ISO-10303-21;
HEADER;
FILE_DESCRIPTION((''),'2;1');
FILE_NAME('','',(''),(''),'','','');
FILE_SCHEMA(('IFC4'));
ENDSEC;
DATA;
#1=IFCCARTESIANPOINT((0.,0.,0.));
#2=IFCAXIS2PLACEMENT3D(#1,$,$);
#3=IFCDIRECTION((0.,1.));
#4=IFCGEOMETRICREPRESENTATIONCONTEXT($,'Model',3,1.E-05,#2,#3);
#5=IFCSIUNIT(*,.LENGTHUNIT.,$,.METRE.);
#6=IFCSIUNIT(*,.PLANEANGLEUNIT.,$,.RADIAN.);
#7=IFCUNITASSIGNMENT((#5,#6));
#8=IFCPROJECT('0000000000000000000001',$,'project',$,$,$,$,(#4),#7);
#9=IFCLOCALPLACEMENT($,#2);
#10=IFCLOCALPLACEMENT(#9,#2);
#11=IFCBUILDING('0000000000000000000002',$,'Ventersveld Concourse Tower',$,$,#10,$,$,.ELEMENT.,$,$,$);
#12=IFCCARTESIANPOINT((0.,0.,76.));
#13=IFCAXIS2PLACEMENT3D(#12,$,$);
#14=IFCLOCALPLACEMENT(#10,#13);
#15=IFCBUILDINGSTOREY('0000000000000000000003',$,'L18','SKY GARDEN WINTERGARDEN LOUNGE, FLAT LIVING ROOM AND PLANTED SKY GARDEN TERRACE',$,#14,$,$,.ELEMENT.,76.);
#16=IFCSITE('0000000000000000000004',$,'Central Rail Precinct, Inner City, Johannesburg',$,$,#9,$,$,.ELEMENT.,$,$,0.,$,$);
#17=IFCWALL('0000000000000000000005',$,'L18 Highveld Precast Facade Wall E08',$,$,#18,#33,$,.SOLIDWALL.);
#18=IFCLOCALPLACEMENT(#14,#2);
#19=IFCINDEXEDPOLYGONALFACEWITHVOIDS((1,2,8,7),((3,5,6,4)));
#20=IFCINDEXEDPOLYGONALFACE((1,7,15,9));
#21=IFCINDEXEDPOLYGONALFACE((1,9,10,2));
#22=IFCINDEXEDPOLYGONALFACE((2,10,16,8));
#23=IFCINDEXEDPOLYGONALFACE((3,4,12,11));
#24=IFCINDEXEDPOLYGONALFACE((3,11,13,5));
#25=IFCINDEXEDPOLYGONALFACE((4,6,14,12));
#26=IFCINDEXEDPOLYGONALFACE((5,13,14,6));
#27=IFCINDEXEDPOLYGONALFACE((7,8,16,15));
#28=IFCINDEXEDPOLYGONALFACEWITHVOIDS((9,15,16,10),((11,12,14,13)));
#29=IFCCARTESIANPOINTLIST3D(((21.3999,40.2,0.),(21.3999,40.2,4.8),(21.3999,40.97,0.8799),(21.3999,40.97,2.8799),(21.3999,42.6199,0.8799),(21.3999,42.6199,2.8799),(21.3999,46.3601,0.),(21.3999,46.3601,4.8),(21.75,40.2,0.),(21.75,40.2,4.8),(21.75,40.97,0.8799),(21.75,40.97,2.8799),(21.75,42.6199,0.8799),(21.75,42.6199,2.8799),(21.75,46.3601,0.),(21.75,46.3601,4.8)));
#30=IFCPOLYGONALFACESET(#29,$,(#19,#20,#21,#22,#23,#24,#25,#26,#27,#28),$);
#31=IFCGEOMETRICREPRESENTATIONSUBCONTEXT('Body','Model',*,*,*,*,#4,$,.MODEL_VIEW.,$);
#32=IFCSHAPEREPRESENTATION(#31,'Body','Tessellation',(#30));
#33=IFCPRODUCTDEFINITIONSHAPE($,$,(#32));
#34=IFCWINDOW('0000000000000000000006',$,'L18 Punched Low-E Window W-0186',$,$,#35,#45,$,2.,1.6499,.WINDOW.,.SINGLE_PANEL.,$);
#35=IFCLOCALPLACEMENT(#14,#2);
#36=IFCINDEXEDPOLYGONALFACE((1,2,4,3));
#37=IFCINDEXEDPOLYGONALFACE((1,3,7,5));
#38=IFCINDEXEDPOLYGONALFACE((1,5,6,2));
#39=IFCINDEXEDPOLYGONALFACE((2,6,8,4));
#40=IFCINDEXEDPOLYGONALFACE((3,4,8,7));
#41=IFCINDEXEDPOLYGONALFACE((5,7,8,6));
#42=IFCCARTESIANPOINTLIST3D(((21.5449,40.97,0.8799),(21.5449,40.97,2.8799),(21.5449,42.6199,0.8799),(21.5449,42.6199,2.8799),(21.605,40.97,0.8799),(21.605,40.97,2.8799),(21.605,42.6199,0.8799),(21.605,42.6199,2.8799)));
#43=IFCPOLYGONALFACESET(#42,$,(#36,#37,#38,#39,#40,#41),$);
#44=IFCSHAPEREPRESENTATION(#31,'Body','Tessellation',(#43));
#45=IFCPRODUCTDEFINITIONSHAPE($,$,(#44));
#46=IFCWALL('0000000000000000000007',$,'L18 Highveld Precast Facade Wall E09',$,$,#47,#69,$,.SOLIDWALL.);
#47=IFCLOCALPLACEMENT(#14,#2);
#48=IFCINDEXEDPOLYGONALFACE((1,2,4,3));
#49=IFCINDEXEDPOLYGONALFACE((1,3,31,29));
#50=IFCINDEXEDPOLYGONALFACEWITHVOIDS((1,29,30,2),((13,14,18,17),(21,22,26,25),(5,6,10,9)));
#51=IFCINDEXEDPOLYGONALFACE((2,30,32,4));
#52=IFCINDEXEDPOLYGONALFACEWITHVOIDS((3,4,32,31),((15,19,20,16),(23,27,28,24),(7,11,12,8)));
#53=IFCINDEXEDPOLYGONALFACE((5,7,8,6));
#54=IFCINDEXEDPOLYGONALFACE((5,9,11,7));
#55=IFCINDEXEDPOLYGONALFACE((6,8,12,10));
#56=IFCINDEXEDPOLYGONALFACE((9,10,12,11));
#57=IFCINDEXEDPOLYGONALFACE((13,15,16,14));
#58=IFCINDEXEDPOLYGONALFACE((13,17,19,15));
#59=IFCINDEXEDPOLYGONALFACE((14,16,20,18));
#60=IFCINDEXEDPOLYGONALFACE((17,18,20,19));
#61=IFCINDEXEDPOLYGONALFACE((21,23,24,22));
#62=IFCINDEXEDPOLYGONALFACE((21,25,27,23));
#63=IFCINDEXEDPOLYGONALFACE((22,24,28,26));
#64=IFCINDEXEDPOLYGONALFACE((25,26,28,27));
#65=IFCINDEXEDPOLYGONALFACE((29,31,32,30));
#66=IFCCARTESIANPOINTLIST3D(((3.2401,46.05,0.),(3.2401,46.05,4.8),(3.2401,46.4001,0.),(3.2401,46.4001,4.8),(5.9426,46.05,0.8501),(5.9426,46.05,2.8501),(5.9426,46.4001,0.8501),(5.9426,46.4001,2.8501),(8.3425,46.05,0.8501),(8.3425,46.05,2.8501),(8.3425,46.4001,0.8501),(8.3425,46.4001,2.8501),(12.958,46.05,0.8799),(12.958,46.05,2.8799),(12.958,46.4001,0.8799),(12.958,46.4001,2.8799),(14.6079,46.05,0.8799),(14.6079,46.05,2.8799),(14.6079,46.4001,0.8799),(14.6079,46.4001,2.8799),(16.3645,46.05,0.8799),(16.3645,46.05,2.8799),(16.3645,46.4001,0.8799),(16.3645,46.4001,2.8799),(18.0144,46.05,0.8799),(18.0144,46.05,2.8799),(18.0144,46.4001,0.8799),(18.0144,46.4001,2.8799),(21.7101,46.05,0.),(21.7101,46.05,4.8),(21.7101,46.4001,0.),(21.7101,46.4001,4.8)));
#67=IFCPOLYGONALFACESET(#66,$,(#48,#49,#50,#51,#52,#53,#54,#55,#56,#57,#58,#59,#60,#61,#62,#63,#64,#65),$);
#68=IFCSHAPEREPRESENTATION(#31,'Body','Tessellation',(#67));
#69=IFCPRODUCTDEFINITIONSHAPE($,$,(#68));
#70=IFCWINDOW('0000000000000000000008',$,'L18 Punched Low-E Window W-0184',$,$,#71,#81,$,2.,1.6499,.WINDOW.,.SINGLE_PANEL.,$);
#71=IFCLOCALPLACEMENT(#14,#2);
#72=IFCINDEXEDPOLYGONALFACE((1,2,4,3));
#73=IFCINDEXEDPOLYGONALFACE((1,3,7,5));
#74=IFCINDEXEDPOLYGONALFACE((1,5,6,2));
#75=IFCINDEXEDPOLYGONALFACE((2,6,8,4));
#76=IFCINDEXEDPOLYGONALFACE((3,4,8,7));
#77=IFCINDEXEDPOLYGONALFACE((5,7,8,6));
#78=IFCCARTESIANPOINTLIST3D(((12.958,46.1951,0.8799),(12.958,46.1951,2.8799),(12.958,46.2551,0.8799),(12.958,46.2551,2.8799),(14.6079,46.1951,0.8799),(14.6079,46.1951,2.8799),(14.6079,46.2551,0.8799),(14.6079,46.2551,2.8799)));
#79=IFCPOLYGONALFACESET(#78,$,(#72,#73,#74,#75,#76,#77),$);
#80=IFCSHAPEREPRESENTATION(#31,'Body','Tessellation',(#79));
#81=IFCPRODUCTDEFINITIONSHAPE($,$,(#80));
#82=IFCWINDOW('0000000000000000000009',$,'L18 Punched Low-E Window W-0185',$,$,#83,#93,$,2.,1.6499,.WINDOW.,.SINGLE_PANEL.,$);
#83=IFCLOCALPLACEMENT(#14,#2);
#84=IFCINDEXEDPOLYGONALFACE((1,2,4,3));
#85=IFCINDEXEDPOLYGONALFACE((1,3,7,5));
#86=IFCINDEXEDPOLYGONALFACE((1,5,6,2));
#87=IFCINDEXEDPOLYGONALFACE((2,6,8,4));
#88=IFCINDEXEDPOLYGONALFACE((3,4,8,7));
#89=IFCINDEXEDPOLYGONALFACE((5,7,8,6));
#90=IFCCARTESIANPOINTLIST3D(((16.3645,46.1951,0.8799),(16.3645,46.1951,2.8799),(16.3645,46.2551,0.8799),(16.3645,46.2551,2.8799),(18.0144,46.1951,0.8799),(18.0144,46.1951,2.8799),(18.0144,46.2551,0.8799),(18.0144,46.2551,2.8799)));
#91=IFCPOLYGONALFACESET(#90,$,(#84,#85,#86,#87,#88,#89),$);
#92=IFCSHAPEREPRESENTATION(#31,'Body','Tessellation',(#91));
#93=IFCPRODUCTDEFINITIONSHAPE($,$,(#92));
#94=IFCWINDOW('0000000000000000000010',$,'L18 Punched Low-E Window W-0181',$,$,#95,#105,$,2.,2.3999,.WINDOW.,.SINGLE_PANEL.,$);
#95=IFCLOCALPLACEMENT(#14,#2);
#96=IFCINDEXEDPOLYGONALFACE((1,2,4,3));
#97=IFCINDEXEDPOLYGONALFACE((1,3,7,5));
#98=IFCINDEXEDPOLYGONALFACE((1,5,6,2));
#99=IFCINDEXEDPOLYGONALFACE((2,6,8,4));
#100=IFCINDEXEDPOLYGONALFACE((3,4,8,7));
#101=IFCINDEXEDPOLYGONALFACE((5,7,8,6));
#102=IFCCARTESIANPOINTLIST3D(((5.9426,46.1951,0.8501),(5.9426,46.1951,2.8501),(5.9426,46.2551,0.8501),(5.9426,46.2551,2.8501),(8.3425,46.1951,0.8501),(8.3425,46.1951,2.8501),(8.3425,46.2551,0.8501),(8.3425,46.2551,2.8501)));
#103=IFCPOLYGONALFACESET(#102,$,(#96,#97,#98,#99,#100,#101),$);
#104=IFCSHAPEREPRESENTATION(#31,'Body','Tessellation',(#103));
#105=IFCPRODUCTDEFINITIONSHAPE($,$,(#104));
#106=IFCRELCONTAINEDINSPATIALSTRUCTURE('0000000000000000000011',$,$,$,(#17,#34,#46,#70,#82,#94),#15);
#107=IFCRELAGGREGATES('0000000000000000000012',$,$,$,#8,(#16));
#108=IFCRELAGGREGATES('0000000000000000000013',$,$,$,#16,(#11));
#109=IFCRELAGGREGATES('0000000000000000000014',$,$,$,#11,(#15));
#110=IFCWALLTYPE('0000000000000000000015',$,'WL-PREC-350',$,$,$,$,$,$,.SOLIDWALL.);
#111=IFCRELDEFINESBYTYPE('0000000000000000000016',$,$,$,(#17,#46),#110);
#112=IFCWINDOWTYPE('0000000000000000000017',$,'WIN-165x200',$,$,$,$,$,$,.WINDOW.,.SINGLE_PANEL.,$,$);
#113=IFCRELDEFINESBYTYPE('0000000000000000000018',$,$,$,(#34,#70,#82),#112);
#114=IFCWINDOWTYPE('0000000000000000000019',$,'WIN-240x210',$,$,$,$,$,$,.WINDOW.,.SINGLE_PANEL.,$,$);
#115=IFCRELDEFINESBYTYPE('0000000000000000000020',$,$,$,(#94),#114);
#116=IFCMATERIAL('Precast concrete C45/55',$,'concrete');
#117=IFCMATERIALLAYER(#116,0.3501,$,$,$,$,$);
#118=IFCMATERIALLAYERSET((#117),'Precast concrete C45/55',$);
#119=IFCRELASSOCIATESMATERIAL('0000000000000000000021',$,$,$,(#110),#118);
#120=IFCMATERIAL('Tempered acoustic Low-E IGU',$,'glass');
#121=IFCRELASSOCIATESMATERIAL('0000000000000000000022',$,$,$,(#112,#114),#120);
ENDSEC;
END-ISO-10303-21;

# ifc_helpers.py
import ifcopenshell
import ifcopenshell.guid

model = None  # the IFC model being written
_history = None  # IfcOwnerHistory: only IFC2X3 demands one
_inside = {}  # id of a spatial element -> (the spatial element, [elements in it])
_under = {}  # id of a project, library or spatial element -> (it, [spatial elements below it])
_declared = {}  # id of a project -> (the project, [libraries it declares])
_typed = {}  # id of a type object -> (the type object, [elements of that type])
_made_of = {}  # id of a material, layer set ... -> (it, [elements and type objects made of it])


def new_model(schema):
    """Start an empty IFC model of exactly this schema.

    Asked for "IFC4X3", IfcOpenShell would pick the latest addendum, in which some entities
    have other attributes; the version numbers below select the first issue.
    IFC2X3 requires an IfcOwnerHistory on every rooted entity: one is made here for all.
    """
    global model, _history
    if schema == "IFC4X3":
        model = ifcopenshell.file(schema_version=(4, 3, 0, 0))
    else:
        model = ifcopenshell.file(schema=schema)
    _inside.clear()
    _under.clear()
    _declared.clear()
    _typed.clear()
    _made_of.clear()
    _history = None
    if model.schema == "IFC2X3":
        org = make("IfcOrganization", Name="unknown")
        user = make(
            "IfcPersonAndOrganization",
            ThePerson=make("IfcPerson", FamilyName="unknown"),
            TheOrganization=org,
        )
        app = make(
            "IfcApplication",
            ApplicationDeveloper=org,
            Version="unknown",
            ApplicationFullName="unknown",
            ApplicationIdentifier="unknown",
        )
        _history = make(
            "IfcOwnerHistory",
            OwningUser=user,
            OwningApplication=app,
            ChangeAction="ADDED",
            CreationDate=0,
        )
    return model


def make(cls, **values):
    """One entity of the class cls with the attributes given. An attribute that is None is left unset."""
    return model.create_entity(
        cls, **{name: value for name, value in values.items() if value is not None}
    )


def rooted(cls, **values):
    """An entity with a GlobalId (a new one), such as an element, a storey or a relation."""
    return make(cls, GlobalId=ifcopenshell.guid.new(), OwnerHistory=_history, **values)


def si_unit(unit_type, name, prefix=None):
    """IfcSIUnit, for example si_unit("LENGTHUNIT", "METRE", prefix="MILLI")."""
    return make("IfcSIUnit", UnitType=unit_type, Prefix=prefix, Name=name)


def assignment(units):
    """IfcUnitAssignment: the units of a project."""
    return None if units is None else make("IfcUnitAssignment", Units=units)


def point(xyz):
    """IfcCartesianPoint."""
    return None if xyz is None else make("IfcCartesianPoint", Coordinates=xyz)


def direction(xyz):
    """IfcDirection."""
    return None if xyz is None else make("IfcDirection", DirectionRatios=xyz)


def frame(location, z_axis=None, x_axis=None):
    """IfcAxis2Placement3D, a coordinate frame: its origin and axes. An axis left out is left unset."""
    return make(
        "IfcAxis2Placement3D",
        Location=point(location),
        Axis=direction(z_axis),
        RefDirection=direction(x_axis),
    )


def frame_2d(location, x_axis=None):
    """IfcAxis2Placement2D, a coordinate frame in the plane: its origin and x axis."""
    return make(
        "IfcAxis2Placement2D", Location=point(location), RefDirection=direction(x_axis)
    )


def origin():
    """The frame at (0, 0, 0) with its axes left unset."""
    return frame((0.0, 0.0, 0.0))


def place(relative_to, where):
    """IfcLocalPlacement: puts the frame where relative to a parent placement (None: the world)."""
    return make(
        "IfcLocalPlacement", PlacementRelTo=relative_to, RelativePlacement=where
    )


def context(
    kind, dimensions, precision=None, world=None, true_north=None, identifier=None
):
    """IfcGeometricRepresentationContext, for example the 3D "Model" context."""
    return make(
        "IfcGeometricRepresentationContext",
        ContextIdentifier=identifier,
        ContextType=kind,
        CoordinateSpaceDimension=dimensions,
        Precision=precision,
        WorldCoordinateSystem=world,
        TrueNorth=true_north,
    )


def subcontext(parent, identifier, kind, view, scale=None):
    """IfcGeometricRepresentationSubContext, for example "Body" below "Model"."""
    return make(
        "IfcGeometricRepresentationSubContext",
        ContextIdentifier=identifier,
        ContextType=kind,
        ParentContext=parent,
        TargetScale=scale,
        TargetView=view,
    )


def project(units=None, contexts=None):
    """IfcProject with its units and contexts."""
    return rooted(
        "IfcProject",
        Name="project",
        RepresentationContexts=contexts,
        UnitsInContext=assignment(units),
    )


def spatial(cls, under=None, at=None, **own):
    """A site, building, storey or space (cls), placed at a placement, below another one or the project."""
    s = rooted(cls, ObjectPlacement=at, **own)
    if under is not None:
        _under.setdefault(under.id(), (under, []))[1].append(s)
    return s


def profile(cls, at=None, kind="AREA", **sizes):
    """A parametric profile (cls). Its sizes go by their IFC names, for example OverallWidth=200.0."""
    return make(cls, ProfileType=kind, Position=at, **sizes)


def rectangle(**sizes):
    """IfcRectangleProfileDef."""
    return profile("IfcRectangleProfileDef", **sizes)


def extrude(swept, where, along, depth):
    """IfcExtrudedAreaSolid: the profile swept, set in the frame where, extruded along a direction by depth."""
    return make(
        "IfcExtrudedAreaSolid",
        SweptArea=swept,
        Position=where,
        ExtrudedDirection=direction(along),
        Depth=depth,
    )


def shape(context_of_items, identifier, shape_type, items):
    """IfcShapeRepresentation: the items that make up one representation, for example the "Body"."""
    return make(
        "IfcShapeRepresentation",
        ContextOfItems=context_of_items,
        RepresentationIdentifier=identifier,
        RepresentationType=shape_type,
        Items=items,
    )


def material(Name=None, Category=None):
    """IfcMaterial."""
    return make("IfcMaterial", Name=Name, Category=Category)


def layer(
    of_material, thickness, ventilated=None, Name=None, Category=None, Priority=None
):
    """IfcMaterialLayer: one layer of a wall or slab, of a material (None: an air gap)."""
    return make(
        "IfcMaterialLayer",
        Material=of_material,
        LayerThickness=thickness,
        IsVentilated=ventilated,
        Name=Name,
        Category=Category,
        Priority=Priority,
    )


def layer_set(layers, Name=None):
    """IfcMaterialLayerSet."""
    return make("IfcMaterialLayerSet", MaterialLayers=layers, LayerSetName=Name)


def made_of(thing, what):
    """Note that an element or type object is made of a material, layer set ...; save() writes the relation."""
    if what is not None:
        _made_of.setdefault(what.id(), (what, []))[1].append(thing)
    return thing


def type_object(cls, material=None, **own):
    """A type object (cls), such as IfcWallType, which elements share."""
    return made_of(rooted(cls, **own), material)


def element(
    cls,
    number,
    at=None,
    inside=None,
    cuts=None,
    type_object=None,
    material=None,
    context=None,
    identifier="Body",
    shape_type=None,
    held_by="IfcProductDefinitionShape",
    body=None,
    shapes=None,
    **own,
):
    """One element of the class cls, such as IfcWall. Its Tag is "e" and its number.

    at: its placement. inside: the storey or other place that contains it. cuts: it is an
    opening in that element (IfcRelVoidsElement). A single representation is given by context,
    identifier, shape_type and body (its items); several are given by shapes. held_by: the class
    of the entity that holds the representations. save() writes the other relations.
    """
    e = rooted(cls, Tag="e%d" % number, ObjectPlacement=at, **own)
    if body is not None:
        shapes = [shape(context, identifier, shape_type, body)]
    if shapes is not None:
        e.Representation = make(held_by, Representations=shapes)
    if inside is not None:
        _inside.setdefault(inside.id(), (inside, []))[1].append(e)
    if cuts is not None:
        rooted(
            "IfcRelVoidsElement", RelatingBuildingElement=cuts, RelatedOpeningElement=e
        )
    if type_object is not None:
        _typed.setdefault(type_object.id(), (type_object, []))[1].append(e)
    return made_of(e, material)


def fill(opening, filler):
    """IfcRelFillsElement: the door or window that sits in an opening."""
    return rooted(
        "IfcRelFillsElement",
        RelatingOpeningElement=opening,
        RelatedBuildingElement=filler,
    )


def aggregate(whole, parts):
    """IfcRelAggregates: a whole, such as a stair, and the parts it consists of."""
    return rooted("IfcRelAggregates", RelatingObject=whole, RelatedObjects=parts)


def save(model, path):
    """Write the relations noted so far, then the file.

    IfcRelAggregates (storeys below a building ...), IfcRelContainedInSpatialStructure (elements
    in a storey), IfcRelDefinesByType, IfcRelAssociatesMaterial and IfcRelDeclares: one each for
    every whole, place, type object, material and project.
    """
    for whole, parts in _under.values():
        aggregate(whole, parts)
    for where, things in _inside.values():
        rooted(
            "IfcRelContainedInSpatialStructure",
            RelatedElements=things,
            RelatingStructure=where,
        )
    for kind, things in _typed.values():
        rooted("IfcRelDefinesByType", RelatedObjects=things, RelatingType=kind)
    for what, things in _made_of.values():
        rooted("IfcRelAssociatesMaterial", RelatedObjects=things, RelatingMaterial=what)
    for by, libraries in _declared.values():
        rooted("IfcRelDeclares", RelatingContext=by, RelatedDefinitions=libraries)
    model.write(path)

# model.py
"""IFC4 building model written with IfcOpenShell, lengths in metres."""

from ifc_helpers import new_model, si_unit, direction, frame, frame_2d, origin, place, context, subcontext, project, spatial, rectangle, extrude, material, layer, layer_set, type_object, element, fill, save


model = new_model("IFC4")

# Units and contexts
model_context = context("Model", 3, precision=1e-05, world=origin(), true_north=direction((0.0, 1.0)))
body_context = subcontext(model_context, "Body", "Model", "MODEL_VIEW")
ifc_project = project(units=[si_unit("LENGTHUNIT", "METRE"), si_unit("PLANEANGLEUNIT", "RADIAN")], contexts=[model_context])

# Site, building, storey
site_placement = place(None, origin())
site = spatial("IfcSite", under=ifc_project, at=site_placement, Name="Central Rail Precinct, Inner City, Johannesburg", CompositionType="ELEMENT", RefElevation=0.0)
building_placement = place(site_placement, origin())
building = spatial("IfcBuilding", under=site, at=building_placement, Name="Ventersveld Concourse Tower", CompositionType="ELEMENT")
storey_placement = place(building_placement, frame((0.0, 0.0, 76.0)))
storey = spatial("IfcBuildingStorey", under=building, at=storey_placement, Name="L18", Description="SKY GARDEN WINTERGARDEN LOUNGE, FLAT LIVING ROOM AND PLANTED SKY GARDEN TERRACE", CompositionType="ELEMENT", Elevation=76.0)

# Shared definitions
ifc_material_1 = material(Name="Precast concrete C45/55", Category="concrete")

# Shared definitions
ifc_layer_1 = layer(ifc_material_1, 0.3501)
ifc_layer_set_1 = layer_set([ifc_layer_1], Name="Precast concrete C45/55")
wall_type_1 = type_object("IfcWallType", Name="WL-PREC-350", PredefinedType="SOLIDWALL", material=ifc_layer_set_1)

# Wall, opening, window
wall_1_placement = place(storey_placement, frame((21.575, 40.2, 0.0), z_axis=(0.0, 0.0, 1.0), x_axis=(0.0, 1.0, 0.0)))
wall_1 = element("IfcWall", 1, at=wall_1_placement, inside=storey, type_object=wall_type_1, Name="L18 Highveld Precast Facade Wall E08", PredefinedType="SOLIDWALL", context=body_context, shape_type="SweptSolid", body=[
    extrude(rectangle(XDim=6.1602, YDim=0.3501, at=frame_2d((3.0801, 0.0))), origin(), (0.0, 0.0, 1.0), 4.8),
])
opening_1_placement = place(wall_1_placement, frame((0.77, 0.0, 0.8799)))
opening_1 = element("IfcOpeningElement", 2, at=opening_1_placement, cuts=wall_1, PredefinedType="OPENING", context=body_context, shape_type="SweptSolid", body=[
    extrude(rectangle(XDim=1.6499, YDim=2.0, at=frame_2d((0.825, 1.0))), frame((0.0, 0.1851, 0.0), z_axis=(0.0, -1.0, 0.0), x_axis=(1.0, 0.0, 0.0)), (0.0, 0.0, 1.0), 0.3701),
])
ifc_material_2 = material(Name="Tempered acoustic Low-E IGU", Category="glass")
window_type_1 = type_object("IfcWindowType", Name="WIN-165x200", PartitioningType="SINGLE_PANEL", PredefinedType="WINDOW", material=ifc_material_2)
window_1_placement = place(opening_1_placement, origin())
window_1 = element("IfcWindow", 3, at=window_1_placement, inside=storey, type_object=window_type_1, Name="L18 Punched Low-E Window W-0186", OverallHeight=2.0, OverallWidth=1.6499, PartitioningType="SINGLE_PANEL", PredefinedType="WINDOW", context=body_context, shape_type="SweptSolid", body=[
    extrude(rectangle(XDim=1.6499, YDim=2.0, at=frame_2d((0.825, 1.0))), frame((0.0, 0.03, 0.0), z_axis=(0.0, -1.0, 0.0), x_axis=(1.0, 0.0, 0.0)), (0.0, 0.0, 1.0), 0.0601),
])
fill(opening_1, window_1)

# Wall, openings, windows
wall_2_placement = place(storey_placement, frame((21.71, 46.2251, 0.0), z_axis=(0.0, 0.0, 1.0), x_axis=(-1.0, 0.0, 0.0)))
wall_2 = element("IfcWall", 4, at=wall_2_placement, inside=storey, type_object=wall_type_1, Name="L18 Highveld Precast Facade Wall E09", PredefinedType="SOLIDWALL", context=body_context, shape_type="SweptSolid", body=[
    extrude(rectangle(XDim=18.47, YDim=0.3501, at=frame_2d((9.2349, 0.0))), origin(), (0.0, 0.0, 1.0), 4.8),
])
opening_2_placement = place(wall_2_placement, frame((13.3674, 0.0, 0.8501)))
opening_2 = element("IfcOpeningElement", 5, at=opening_2_placement, cuts=wall_2, PredefinedType="OPENING", context=body_context, shape_type="SweptSolid", body=[
    extrude(rectangle(XDim=2.3999, YDim=2.0, at=frame_2d((1.2, 1.0))), frame((0.0, 0.1851, 0.0), z_axis=(0.0, -1.0, 0.0), x_axis=(1.0, 0.0, 0.0)), (0.0, 0.0, 1.0), 0.3701),
])
opening_3_placement = place(wall_2_placement, frame((7.1021, 0.0, 0.8799)))
opening_3 = element("IfcOpeningElement", 6, at=opening_3_placement, cuts=wall_2, PredefinedType="OPENING", context=body_context, shape_type="SweptSolid", body=[
    extrude(rectangle(XDim=1.6499, YDim=2.0, at=frame_2d((0.825, 1.0))), frame((0.0, 0.1851, 0.0), z_axis=(0.0, -1.0, 0.0), x_axis=(1.0, 0.0, 0.0)), (0.0, 0.0, 1.0), 0.3701),
])
opening_4_placement = place(wall_2_placement, frame((3.6956, 0.0, 0.8799)))
opening_4 = element("IfcOpeningElement", 7, at=opening_4_placement, cuts=wall_2, PredefinedType="OPENING", context=body_context, shape_type="SweptSolid", body=[
    extrude(rectangle(XDim=1.6499, YDim=2.0, at=frame_2d((0.825, 1.0))), frame((0.0, 0.1851, 0.0), z_axis=(0.0, -1.0, 0.0), x_axis=(1.0, 0.0, 0.0)), (0.0, 0.0, 1.0), 0.3701),
])
window_2_placement = place(opening_3_placement, origin())
window_2 = element("IfcWindow", 8, at=window_2_placement, inside=storey, type_object=window_type_1, Name="L18 Punched Low-E Window W-0184", OverallHeight=2.0, OverallWidth=1.6499, PartitioningType="SINGLE_PANEL", PredefinedType="WINDOW", context=body_context, shape_type="SweptSolid", body=[
    extrude(rectangle(XDim=1.6499, YDim=2.0, at=frame_2d((0.825, 1.0))), frame((0.0, 0.03, 0.0), z_axis=(0.0, -1.0, 0.0), x_axis=(1.0, 0.0, 0.0)), (0.0, 0.0, 1.0), 0.0601),
])
fill(opening_3, window_2)
window_3_placement = place(opening_4_placement, origin())
window_3 = element("IfcWindow", 9, at=window_3_placement, inside=storey, type_object=window_type_1, Name="L18 Punched Low-E Window W-0185", OverallHeight=2.0, OverallWidth=1.6499, PartitioningType="SINGLE_PANEL", PredefinedType="WINDOW", context=body_context, shape_type="SweptSolid", body=[
    extrude(rectangle(XDim=1.6499, YDim=2.0, at=frame_2d((0.825, 1.0))), frame((0.0, 0.03, 0.0), z_axis=(0.0, -1.0, 0.0), x_axis=(1.0, 0.0, 0.0)), (0.0, 0.0, 1.0), 0.0601),
])
fill(opening_4, window_3)
window_type_2 = type_object("IfcWindowType", Name="WIN-240x210", PartitioningType="SINGLE_PANEL", PredefinedType="WINDOW", material=ifc_material_2)
window_4_placement = place(opening_2_placement, origin())
window_4 = element("IfcWindow", 10, at=window_4_placement, inside=storey, type_object=window_type_2, Name="L18 Punched Low-E Window W-0181", OverallHeight=2.0, OverallWidth=2.3999, PartitioningType="SINGLE_PANEL", PredefinedType="WINDOW", context=body_context, shape_type="SweptSolid", body=[
    extrude(rectangle(XDim=2.3999, YDim=2.0, at=frame_2d((1.2, 1.0))), frame((0.0, 0.03, 0.0), z_axis=(0.0, -1.0, 0.0), x_axis=(1.0, 0.0, 0.0)), (0.0, 0.0, 1.0), 0.0601),
])
fill(opening_2, window_4)

save(model, "model.ifc")
